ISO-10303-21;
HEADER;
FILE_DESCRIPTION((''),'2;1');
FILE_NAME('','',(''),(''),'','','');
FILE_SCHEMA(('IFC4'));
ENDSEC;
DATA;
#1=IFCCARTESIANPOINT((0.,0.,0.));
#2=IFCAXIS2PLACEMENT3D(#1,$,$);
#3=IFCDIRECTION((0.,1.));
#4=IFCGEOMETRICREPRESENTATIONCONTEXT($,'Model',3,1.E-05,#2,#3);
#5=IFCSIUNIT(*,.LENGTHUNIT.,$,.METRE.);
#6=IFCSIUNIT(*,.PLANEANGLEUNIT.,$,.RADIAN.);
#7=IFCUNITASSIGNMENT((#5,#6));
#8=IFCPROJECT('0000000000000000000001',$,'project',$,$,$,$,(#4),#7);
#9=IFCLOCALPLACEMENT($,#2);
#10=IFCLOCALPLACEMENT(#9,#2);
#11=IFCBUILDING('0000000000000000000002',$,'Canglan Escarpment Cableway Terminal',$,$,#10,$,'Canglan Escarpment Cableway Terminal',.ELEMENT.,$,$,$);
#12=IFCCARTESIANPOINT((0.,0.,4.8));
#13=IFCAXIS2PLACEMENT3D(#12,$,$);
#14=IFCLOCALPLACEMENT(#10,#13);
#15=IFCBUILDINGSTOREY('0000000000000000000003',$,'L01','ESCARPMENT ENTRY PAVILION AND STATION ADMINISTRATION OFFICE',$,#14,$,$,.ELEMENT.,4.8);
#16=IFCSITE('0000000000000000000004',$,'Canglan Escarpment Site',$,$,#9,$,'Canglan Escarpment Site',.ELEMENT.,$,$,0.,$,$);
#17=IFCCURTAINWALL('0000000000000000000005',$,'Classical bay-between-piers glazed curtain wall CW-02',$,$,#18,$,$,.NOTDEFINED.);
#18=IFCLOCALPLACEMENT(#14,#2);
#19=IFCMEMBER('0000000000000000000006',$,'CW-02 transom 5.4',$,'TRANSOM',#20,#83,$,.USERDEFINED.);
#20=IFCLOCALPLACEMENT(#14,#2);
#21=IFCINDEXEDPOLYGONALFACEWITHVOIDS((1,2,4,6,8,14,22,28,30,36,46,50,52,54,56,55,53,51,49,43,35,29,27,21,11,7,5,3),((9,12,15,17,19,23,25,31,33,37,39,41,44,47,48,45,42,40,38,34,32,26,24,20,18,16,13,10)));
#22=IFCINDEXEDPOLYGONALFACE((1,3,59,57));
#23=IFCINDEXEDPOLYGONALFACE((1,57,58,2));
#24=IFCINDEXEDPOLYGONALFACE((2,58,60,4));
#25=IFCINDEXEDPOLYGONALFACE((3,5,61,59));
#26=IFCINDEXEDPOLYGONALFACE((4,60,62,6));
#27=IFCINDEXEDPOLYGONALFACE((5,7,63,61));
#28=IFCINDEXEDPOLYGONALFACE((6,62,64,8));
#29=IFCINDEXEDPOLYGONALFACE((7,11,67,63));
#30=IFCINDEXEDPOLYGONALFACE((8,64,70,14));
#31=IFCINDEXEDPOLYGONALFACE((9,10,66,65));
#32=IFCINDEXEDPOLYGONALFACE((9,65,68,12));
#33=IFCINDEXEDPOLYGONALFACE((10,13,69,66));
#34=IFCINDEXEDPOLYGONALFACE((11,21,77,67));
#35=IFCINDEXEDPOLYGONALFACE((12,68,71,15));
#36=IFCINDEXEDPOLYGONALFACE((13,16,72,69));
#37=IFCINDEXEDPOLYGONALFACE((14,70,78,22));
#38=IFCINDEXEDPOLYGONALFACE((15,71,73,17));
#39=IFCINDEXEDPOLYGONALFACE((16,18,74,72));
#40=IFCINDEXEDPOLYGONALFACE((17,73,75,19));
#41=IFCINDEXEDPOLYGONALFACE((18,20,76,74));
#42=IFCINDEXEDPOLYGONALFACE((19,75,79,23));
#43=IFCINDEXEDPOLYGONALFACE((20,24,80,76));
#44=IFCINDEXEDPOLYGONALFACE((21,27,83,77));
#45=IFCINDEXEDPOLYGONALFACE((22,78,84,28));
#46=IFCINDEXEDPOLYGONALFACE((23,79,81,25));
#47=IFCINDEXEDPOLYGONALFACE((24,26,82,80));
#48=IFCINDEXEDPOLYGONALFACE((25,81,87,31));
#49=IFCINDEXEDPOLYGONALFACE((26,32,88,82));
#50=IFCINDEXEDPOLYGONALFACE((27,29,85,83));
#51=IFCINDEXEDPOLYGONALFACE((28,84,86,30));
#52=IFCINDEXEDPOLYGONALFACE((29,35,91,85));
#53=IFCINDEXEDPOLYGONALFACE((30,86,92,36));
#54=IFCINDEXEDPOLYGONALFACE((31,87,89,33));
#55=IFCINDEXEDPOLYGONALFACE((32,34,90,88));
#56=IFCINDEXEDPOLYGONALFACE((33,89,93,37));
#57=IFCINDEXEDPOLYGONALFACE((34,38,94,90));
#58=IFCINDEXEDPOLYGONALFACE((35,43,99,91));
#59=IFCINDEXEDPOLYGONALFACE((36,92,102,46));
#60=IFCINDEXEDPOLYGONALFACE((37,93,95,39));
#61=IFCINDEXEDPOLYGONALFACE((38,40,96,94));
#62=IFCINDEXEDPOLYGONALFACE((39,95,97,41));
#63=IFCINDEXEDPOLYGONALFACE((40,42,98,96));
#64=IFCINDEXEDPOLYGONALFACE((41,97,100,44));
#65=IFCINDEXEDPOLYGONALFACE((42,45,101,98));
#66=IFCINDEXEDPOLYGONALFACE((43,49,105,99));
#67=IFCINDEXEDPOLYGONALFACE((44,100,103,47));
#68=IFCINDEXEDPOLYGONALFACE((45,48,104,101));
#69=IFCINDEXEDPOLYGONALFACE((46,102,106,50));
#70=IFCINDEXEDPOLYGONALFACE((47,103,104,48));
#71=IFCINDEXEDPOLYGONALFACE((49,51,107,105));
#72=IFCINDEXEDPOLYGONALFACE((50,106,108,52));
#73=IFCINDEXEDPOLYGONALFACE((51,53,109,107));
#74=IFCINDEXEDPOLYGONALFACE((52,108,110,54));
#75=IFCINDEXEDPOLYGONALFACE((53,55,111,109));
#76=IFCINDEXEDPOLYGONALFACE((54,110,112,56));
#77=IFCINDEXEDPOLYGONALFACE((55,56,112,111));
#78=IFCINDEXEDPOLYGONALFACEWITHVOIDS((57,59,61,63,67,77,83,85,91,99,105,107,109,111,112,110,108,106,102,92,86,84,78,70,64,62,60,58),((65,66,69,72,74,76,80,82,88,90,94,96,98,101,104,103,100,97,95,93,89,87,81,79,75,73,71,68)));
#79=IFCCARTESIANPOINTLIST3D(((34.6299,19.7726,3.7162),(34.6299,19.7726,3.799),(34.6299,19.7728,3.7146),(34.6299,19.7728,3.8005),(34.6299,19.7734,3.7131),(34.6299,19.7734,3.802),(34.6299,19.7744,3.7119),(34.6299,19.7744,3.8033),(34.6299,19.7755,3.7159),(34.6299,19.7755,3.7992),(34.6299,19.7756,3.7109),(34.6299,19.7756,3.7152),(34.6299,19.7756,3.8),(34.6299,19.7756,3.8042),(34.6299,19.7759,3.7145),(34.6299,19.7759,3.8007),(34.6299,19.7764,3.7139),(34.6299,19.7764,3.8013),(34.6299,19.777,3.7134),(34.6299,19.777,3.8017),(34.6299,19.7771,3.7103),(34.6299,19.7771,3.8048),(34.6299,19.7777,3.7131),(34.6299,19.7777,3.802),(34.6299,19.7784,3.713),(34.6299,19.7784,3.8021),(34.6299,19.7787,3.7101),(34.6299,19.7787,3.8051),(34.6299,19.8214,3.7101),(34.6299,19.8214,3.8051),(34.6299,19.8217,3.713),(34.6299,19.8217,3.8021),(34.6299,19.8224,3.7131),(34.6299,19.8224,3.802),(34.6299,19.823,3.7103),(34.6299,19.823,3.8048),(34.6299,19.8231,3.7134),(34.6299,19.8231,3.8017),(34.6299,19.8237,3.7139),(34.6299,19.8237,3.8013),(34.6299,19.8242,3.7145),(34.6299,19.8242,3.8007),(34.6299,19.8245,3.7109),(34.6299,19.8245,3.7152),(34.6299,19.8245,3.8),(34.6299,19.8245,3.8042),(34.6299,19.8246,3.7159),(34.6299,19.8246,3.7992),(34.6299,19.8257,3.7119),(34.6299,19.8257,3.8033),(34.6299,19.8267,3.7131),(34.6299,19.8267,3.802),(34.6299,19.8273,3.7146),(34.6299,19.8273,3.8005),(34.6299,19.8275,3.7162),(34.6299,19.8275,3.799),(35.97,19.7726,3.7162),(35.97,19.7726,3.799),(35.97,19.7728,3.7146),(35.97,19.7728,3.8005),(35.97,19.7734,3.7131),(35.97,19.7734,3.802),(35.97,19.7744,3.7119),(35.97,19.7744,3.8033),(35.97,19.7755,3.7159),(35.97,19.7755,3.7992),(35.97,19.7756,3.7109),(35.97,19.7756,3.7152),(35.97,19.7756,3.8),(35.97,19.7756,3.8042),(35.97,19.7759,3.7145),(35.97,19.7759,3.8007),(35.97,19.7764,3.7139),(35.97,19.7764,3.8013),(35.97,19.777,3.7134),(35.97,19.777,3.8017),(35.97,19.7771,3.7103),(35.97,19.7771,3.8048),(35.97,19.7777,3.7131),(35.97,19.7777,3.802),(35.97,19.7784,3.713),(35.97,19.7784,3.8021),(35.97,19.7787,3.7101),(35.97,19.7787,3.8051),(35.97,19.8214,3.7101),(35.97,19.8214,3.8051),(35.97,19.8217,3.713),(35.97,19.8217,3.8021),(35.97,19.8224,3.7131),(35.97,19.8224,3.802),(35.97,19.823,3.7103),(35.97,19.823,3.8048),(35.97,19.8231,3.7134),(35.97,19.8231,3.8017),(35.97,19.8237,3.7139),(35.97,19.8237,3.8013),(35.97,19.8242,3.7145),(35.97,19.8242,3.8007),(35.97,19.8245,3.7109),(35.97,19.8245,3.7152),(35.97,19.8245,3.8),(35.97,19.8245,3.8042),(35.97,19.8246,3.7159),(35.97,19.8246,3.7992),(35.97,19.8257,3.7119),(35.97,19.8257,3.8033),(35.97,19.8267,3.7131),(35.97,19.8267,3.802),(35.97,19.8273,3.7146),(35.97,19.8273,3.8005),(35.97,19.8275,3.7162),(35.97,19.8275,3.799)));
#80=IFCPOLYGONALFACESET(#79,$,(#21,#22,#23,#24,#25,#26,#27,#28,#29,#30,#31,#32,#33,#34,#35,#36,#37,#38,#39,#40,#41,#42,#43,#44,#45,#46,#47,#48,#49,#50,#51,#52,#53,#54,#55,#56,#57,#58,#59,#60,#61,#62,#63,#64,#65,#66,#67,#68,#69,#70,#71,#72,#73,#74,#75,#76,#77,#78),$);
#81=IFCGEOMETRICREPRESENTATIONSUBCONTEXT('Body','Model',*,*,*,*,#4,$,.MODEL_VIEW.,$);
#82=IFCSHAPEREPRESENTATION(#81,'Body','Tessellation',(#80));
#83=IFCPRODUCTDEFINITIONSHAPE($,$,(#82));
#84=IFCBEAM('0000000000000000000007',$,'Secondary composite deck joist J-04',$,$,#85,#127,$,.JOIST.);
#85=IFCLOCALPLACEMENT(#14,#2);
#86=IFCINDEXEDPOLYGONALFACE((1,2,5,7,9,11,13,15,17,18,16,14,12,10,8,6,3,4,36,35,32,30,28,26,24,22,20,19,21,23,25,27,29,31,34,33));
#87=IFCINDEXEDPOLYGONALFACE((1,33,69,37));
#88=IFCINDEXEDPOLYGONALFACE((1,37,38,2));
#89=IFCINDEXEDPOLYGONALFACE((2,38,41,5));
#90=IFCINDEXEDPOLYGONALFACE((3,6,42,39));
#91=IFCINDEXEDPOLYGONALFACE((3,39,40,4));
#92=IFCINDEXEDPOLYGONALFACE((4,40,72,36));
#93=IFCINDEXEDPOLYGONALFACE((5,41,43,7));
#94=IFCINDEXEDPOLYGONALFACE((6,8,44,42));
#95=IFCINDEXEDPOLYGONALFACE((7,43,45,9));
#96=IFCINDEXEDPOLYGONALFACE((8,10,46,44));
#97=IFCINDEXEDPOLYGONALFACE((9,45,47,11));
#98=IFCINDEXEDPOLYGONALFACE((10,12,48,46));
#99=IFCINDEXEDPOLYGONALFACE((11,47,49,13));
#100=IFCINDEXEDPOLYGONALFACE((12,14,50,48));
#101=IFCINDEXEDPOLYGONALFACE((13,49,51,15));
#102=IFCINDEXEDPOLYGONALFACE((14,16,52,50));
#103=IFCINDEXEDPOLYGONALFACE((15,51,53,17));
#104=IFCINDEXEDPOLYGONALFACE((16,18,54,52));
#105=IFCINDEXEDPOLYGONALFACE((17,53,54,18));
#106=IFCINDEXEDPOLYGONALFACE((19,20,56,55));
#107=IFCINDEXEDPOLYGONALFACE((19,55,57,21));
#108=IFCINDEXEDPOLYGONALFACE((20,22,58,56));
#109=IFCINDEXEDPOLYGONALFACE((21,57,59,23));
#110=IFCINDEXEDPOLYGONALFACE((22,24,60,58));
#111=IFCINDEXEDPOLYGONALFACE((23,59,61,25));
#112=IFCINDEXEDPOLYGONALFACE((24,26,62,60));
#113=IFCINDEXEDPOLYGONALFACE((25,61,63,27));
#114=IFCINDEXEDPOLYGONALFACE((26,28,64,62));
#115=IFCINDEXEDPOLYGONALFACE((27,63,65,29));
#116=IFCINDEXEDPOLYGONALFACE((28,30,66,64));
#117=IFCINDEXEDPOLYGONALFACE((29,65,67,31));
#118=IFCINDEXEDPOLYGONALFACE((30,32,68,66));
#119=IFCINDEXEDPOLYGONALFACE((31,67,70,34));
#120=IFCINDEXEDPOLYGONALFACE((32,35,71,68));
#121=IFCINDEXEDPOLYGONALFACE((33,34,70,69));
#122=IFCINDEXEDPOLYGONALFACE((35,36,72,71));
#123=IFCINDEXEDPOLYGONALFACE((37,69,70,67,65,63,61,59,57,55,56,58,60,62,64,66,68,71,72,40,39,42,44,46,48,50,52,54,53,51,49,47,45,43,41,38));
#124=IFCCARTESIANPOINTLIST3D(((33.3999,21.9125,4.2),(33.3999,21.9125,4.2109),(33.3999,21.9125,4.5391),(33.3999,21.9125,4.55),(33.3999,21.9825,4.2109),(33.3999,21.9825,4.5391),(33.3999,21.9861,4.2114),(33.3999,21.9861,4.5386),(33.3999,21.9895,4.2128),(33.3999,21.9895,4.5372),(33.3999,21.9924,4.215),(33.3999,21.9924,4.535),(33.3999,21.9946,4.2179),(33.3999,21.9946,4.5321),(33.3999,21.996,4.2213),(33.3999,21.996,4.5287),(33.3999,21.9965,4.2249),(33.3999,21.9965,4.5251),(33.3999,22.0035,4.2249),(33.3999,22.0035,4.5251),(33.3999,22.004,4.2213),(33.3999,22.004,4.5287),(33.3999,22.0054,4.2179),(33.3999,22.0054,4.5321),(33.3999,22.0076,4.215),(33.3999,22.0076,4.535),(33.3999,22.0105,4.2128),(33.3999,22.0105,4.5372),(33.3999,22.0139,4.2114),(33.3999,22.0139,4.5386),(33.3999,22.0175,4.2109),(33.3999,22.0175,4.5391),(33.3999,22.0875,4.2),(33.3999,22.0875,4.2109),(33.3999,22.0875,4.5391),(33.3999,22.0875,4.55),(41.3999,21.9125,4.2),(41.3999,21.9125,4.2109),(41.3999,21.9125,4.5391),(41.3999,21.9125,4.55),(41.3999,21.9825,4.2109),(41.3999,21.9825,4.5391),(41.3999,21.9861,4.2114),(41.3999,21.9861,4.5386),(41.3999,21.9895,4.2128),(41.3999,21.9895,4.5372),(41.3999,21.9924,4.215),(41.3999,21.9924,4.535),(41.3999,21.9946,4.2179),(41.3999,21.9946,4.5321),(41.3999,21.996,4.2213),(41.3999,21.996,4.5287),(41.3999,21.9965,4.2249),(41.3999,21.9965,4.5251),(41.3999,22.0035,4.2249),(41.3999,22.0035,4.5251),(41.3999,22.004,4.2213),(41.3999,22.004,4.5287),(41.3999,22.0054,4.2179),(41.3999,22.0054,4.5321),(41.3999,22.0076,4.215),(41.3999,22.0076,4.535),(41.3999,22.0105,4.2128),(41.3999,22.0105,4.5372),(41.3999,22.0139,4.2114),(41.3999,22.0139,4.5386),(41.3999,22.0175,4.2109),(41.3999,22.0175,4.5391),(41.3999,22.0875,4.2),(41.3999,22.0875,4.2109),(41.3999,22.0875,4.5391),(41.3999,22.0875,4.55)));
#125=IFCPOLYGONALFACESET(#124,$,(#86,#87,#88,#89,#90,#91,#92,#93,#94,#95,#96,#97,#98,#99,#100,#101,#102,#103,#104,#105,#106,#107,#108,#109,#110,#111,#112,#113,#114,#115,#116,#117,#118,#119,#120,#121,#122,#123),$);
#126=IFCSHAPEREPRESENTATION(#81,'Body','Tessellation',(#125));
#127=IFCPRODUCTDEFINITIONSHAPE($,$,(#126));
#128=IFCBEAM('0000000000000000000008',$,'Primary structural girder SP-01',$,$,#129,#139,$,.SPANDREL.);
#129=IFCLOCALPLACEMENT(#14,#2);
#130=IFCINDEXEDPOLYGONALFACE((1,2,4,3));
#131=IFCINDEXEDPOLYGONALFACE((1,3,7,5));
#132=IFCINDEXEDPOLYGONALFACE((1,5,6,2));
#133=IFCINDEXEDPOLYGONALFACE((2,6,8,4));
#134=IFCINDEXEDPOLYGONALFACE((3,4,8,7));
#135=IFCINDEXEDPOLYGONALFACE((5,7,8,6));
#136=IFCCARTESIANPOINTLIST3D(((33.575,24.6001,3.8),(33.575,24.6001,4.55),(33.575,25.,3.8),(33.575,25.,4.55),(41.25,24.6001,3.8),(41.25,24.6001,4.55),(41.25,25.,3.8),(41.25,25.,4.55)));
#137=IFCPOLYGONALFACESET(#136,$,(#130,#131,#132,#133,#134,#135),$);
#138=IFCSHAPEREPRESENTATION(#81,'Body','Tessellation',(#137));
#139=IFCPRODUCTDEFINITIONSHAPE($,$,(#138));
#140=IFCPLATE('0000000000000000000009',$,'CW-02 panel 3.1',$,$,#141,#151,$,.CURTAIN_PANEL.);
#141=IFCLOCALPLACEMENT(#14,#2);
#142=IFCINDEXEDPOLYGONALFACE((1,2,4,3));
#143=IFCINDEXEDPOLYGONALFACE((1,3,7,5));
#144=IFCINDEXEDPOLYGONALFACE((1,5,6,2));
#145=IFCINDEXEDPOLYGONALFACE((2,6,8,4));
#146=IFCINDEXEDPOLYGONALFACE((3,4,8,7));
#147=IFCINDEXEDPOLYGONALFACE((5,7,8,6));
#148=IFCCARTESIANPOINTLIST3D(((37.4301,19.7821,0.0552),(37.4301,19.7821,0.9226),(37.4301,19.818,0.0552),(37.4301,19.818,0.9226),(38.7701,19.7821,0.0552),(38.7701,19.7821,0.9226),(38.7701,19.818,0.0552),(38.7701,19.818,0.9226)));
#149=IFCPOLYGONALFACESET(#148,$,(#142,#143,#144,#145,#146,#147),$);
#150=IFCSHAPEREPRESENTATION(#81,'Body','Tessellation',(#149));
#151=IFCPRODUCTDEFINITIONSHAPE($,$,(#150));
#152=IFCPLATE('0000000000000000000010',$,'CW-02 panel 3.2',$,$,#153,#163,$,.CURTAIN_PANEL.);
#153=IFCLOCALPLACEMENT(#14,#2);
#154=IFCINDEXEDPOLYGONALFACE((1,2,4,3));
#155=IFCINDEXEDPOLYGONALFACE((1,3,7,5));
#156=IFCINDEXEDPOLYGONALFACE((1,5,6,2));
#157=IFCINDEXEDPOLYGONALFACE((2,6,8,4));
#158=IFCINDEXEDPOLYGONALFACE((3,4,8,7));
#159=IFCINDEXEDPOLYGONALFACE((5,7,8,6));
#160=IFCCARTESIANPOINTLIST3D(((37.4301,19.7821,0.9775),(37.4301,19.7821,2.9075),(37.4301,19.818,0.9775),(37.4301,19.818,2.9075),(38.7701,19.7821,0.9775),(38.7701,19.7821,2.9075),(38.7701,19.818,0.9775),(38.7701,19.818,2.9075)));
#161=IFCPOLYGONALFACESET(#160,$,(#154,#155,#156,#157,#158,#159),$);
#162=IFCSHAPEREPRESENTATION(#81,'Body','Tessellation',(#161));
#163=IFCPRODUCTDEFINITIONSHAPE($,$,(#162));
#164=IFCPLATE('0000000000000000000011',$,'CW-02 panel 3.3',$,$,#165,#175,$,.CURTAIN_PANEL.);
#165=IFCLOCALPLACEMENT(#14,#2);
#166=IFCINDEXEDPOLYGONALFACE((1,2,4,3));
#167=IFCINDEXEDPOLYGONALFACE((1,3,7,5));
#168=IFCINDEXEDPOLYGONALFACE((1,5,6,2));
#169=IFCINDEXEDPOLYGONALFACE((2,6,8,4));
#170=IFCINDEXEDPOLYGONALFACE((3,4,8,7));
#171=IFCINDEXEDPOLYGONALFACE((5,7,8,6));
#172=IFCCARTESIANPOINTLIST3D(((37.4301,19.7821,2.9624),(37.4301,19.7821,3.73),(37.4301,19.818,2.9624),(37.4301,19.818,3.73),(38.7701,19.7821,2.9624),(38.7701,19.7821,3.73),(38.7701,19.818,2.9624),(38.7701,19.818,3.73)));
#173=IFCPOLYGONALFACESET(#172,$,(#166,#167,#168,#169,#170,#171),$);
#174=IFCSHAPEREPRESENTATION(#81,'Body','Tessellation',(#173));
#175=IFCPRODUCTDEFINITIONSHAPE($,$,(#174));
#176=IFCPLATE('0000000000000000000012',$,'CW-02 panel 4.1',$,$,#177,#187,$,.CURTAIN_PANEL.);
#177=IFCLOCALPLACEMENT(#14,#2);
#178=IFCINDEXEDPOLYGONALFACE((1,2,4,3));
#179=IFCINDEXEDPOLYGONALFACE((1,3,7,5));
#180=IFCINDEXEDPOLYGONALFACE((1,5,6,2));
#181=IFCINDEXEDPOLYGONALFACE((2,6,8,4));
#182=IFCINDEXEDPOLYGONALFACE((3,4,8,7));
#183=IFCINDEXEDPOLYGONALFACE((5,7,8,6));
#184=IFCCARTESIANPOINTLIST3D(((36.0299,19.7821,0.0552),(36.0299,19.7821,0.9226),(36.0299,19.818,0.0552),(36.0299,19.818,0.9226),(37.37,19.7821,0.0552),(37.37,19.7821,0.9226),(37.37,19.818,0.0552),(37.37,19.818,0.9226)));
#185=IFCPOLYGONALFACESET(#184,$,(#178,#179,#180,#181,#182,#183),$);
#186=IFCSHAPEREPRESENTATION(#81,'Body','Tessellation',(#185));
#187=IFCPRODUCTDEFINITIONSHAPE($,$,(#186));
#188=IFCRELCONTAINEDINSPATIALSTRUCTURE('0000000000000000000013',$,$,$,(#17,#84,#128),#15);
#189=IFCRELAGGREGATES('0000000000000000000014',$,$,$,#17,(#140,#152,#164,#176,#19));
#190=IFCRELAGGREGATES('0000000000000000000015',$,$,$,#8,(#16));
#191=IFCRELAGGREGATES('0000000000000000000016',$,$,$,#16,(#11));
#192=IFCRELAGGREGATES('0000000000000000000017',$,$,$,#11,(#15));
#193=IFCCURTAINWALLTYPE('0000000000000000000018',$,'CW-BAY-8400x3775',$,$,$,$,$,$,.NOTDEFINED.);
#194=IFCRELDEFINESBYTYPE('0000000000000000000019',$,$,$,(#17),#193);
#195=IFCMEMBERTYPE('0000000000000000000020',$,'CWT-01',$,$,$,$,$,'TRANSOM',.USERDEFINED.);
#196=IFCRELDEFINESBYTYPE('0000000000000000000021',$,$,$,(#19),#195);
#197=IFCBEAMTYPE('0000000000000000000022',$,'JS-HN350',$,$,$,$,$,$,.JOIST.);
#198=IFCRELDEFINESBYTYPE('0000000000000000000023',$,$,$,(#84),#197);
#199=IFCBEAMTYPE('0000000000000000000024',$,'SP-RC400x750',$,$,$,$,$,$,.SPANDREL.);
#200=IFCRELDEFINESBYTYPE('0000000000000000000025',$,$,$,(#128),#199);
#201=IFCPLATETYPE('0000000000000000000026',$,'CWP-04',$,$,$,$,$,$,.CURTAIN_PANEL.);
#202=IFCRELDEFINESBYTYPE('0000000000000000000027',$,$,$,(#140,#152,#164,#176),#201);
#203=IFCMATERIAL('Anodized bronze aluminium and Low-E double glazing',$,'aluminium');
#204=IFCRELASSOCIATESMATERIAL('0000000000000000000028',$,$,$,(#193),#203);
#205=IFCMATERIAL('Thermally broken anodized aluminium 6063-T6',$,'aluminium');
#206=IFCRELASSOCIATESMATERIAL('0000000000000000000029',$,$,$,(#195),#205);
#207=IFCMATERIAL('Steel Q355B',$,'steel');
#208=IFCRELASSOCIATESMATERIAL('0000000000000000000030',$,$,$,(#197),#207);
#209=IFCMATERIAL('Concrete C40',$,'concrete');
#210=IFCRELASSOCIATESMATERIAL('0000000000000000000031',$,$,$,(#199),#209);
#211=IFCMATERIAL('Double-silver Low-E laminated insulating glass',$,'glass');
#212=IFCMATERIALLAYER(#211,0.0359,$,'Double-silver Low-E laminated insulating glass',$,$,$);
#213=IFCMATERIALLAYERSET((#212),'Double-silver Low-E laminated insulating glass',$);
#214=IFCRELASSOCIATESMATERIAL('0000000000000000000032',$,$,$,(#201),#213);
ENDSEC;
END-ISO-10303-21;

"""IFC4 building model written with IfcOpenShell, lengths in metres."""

from ifc_helpers import new_model, si_unit, direction, frame, origin, origin_2d, place, context, subcontext, project, spatial, rectangle, hollow_rectangle, i_section, extrude, material, layer, layer_set, material_profile, profile_set, type_object, element, aggregate, save


model = new_model("IFC4")

# Units and contexts
model_context = context("Model", 3, precision=1e-05, world=origin(), true_north=direction((0.0, 1.0)))
body_context = subcontext(model_context, "Body", "Model", "MODEL_VIEW")
ifc_project = project(units=[si_unit("LENGTHUNIT", "METRE"), si_unit("PLANEANGLEUNIT", "RADIAN")], contexts=[model_context])

# Site, building, storey
site_placement = place(None, origin())
site = spatial("IfcSite", under=ifc_project, at=site_placement, Name="Canglan Escarpment Site", LongName="Canglan Escarpment Site", CompositionType="ELEMENT", RefElevation=0.0)
building_placement = place(site_placement, origin())
building = spatial("IfcBuilding", under=site, at=building_placement, Name="Canglan Escarpment Cableway Terminal", LongName="Canglan Escarpment Cableway Terminal", CompositionType="ELEMENT")
storey_placement = place(building_placement, frame((0.0, 0.0, 4.8)))
storey = spatial("IfcBuildingStorey", under=building, at=storey_placement, Name="L01", Description="ESCARPMENT ENTRY PAVILION AND STATION ADMINISTRATION OFFICE", CompositionType="ELEMENT", Elevation=4.8)

# Shared definitions
ifc_material_1 = material(Name="Concrete C40", Category="concrete")

# Curtain wall, member
ifc_material_2 = material(Name="Anodized bronze aluminium and Low-E double glazing", Category="aluminium")
curtain_wall_type = type_object("IfcCurtainWallType", Name="CW-BAY-8400x3775", PredefinedType="NOTDEFINED", material=ifc_material_2)
curtain_wall_placement = place(storey_placement, origin())
curtain_wall = element("IfcCurtainWall", 1, at=curtain_wall_placement, inside=storey, type_object=curtain_wall_type, Name="Classical bay-between-piers glazed curtain wall CW-02", PredefinedType="NOTDEFINED")
ifc_material_3 = material(Name="Thermally broken anodized aluminium 6063-T6", Category="aluminium")
ifc_material_profile_1 = material_profile(ifc_material_3, hollow_rectangle(XDim=0.0549, YDim=0.095, WallThickness=0.0029, InnerFilletRadius=0.0029, OuterFilletRadius=0.0061, at=origin_2d()), Name="ALU-TRAN 55x95x3")
ifc_profile_set_1 = profile_set([ifc_material_profile_1], Name="Thermally broken anodized aluminium 6063-T6")
member_type_1 = type_object("IfcMemberType", Name="CWT-01", ElementType="TRANSOM", PredefinedType="USERDEFINED", material=ifc_profile_set_1)
member_1_placement = place(storey_placement, frame((35.97, 19.8, 3.7576), z_axis=(-1.0, 0.0, 0.0), x_axis=(0.0, -1.0, 0.0)))
member_1 = element("IfcMember", 2, at=member_1_placement, type_object=member_type_1, Name="CW-02 transom 5.4", ObjectType="TRANSOM", PredefinedType="USERDEFINED", context=body_context, shape_type="SweptSolid", body=[
    extrude(hollow_rectangle(XDim=0.0549, YDim=0.095, WallThickness=0.0029, InnerFilletRadius=0.0029, OuterFilletRadius=0.0061, at=origin_2d()), origin(), (0.0, 0.0, 1.0), 1.3401),
])

# Beams
ifc_material_4 = material(Name="Steel Q355B", Category="steel")
ifc_material_profile_2 = material_profile(ifc_material_4, i_section(OverallWidth=0.175, OverallDepth=0.3501, WebThickness=0.0071, FlangeThickness=0.011, FilletRadius=0.0139, at=origin_2d()), Name="HN 350x175x7x11")
ifc_profile_set_2 = profile_set([ifc_material_profile_2], Name="Steel Q355B")
beam_type_1 = type_object("IfcBeamType", Name="JS-HN350", PredefinedType="JOIST", material=ifc_profile_set_2)
beam_1_placement = place(storey_placement, frame((33.3999, 22.0, 4.375), z_axis=(1.0, 0.0, 0.0), x_axis=(0.0, 1.0, 0.0)))
element("IfcBeam", 3, at=beam_1_placement, inside=storey, type_object=beam_type_1, Name="Secondary composite deck joist J-04", PredefinedType="JOIST", context=body_context, shape_type="SweptSolid", body=[
    extrude(i_section(OverallWidth=0.175, OverallDepth=0.3501, WebThickness=0.0071, FlangeThickness=0.011, FilletRadius=0.0139, at=origin_2d()), origin(), (0.0, 0.0, 1.0), 8.0),
])
ifc_material_profile_3 = material_profile(ifc_material_1, rectangle(XDim=0.3999, YDim=0.75, at=origin_2d()), Name="RC 400x750")
ifc_profile_set_3 = profile_set([ifc_material_profile_3], Name="Concrete C40")
beam_type_2 = type_object("IfcBeamType", Name="SP-RC400x750", PredefinedType="SPANDREL", material=ifc_profile_set_3)
beam_2_placement = place(storey_placement, frame((33.575, 24.8, 4.175), z_axis=(1.0, 0.0, 0.0), x_axis=(0.0, 1.0, 0.0)))
element("IfcBeam", 4, at=beam_2_placement, inside=storey, type_object=beam_type_2, Name="Primary structural girder SP-01", PredefinedType="SPANDREL", context=body_context, shape_type="SweptSolid", body=[
    extrude(rectangle(XDim=0.3999, YDim=0.75, at=origin_2d()), origin(), (0.0, 0.0, 1.0), 7.675),
])

# Plates
ifc_material_5 = material(Name="Double-silver Low-E laminated insulating glass", Category="glass")
ifc_layer = layer(ifc_material_5, 0.0359, Name="Double-silver Low-E laminated insulating glass")
ifc_layer_set = layer_set([ifc_layer], Name="Double-silver Low-E laminated insulating glass")
plate_type = type_object("IfcPlateType", Name="CWP-04", PredefinedType="CURTAIN_PANEL", material=ifc_layer_set)
plate_1_placement = place(storey_placement, frame((38.1001, 19.8, 0.0552), z_axis=(0.0, 0.0, 1.0), x_axis=(-1.0, 0.0, 0.0)))
plate_1 = element("IfcPlate", 5, at=plate_1_placement, type_object=plate_type, Name="CW-02 panel 3.1", PredefinedType="CURTAIN_PANEL", context=body_context, shape_type="SweptSolid", body=[
    extrude(rectangle(XDim=1.3401, YDim=0.0359, at=origin_2d()), origin(), (0.0, 0.0, 1.0), 0.8674),
])
plate_2_placement = place(storey_placement, frame((38.1001, 19.8, 0.9775), z_axis=(0.0, 0.0, 1.0), x_axis=(-1.0, 0.0, 0.0)))
plate_2 = element("IfcPlate", 6, at=plate_2_placement, type_object=plate_type, Name="CW-02 panel 3.2", PredefinedType="CURTAIN_PANEL", context=body_context, shape_type="SweptSolid", body=[
    extrude(rectangle(XDim=1.3401, YDim=0.0359, at=origin_2d()), origin(), (0.0, 0.0, 1.0), 1.9299),
])
plate_3_placement = place(storey_placement, frame((38.1001, 19.8, 2.9624), z_axis=(0.0, 0.0, 1.0), x_axis=(-1.0, 0.0, 0.0)))
plate_3 = element("IfcPlate", 7, at=plate_3_placement, type_object=plate_type, Name="CW-02 panel 3.3", PredefinedType="CURTAIN_PANEL", context=body_context, shape_type="SweptSolid", body=[
    extrude(rectangle(XDim=1.3401, YDim=0.0359, at=origin_2d()), origin(), (0.0, 0.0, 1.0), 0.7676),
])
plate_4_placement = place(storey_placement, frame((36.7, 19.8, 0.0552), z_axis=(0.0, 0.0, 1.0), x_axis=(-1.0, 0.0, 0.0)))
plate_4 = element("IfcPlate", 8, at=plate_4_placement, type_object=plate_type, Name="CW-02 panel 4.1", PredefinedType="CURTAIN_PANEL", context=body_context, shape_type="SweptSolid", body=[
    extrude(rectangle(XDim=1.3401, YDim=0.0359, at=origin_2d()), origin(), (0.0, 0.0, 1.0), 0.8674),
])
aggregate(curtain_wall, [plate_1, plate_2, plate_3, plate_4, member_1])

save(model, "model.ifc")
